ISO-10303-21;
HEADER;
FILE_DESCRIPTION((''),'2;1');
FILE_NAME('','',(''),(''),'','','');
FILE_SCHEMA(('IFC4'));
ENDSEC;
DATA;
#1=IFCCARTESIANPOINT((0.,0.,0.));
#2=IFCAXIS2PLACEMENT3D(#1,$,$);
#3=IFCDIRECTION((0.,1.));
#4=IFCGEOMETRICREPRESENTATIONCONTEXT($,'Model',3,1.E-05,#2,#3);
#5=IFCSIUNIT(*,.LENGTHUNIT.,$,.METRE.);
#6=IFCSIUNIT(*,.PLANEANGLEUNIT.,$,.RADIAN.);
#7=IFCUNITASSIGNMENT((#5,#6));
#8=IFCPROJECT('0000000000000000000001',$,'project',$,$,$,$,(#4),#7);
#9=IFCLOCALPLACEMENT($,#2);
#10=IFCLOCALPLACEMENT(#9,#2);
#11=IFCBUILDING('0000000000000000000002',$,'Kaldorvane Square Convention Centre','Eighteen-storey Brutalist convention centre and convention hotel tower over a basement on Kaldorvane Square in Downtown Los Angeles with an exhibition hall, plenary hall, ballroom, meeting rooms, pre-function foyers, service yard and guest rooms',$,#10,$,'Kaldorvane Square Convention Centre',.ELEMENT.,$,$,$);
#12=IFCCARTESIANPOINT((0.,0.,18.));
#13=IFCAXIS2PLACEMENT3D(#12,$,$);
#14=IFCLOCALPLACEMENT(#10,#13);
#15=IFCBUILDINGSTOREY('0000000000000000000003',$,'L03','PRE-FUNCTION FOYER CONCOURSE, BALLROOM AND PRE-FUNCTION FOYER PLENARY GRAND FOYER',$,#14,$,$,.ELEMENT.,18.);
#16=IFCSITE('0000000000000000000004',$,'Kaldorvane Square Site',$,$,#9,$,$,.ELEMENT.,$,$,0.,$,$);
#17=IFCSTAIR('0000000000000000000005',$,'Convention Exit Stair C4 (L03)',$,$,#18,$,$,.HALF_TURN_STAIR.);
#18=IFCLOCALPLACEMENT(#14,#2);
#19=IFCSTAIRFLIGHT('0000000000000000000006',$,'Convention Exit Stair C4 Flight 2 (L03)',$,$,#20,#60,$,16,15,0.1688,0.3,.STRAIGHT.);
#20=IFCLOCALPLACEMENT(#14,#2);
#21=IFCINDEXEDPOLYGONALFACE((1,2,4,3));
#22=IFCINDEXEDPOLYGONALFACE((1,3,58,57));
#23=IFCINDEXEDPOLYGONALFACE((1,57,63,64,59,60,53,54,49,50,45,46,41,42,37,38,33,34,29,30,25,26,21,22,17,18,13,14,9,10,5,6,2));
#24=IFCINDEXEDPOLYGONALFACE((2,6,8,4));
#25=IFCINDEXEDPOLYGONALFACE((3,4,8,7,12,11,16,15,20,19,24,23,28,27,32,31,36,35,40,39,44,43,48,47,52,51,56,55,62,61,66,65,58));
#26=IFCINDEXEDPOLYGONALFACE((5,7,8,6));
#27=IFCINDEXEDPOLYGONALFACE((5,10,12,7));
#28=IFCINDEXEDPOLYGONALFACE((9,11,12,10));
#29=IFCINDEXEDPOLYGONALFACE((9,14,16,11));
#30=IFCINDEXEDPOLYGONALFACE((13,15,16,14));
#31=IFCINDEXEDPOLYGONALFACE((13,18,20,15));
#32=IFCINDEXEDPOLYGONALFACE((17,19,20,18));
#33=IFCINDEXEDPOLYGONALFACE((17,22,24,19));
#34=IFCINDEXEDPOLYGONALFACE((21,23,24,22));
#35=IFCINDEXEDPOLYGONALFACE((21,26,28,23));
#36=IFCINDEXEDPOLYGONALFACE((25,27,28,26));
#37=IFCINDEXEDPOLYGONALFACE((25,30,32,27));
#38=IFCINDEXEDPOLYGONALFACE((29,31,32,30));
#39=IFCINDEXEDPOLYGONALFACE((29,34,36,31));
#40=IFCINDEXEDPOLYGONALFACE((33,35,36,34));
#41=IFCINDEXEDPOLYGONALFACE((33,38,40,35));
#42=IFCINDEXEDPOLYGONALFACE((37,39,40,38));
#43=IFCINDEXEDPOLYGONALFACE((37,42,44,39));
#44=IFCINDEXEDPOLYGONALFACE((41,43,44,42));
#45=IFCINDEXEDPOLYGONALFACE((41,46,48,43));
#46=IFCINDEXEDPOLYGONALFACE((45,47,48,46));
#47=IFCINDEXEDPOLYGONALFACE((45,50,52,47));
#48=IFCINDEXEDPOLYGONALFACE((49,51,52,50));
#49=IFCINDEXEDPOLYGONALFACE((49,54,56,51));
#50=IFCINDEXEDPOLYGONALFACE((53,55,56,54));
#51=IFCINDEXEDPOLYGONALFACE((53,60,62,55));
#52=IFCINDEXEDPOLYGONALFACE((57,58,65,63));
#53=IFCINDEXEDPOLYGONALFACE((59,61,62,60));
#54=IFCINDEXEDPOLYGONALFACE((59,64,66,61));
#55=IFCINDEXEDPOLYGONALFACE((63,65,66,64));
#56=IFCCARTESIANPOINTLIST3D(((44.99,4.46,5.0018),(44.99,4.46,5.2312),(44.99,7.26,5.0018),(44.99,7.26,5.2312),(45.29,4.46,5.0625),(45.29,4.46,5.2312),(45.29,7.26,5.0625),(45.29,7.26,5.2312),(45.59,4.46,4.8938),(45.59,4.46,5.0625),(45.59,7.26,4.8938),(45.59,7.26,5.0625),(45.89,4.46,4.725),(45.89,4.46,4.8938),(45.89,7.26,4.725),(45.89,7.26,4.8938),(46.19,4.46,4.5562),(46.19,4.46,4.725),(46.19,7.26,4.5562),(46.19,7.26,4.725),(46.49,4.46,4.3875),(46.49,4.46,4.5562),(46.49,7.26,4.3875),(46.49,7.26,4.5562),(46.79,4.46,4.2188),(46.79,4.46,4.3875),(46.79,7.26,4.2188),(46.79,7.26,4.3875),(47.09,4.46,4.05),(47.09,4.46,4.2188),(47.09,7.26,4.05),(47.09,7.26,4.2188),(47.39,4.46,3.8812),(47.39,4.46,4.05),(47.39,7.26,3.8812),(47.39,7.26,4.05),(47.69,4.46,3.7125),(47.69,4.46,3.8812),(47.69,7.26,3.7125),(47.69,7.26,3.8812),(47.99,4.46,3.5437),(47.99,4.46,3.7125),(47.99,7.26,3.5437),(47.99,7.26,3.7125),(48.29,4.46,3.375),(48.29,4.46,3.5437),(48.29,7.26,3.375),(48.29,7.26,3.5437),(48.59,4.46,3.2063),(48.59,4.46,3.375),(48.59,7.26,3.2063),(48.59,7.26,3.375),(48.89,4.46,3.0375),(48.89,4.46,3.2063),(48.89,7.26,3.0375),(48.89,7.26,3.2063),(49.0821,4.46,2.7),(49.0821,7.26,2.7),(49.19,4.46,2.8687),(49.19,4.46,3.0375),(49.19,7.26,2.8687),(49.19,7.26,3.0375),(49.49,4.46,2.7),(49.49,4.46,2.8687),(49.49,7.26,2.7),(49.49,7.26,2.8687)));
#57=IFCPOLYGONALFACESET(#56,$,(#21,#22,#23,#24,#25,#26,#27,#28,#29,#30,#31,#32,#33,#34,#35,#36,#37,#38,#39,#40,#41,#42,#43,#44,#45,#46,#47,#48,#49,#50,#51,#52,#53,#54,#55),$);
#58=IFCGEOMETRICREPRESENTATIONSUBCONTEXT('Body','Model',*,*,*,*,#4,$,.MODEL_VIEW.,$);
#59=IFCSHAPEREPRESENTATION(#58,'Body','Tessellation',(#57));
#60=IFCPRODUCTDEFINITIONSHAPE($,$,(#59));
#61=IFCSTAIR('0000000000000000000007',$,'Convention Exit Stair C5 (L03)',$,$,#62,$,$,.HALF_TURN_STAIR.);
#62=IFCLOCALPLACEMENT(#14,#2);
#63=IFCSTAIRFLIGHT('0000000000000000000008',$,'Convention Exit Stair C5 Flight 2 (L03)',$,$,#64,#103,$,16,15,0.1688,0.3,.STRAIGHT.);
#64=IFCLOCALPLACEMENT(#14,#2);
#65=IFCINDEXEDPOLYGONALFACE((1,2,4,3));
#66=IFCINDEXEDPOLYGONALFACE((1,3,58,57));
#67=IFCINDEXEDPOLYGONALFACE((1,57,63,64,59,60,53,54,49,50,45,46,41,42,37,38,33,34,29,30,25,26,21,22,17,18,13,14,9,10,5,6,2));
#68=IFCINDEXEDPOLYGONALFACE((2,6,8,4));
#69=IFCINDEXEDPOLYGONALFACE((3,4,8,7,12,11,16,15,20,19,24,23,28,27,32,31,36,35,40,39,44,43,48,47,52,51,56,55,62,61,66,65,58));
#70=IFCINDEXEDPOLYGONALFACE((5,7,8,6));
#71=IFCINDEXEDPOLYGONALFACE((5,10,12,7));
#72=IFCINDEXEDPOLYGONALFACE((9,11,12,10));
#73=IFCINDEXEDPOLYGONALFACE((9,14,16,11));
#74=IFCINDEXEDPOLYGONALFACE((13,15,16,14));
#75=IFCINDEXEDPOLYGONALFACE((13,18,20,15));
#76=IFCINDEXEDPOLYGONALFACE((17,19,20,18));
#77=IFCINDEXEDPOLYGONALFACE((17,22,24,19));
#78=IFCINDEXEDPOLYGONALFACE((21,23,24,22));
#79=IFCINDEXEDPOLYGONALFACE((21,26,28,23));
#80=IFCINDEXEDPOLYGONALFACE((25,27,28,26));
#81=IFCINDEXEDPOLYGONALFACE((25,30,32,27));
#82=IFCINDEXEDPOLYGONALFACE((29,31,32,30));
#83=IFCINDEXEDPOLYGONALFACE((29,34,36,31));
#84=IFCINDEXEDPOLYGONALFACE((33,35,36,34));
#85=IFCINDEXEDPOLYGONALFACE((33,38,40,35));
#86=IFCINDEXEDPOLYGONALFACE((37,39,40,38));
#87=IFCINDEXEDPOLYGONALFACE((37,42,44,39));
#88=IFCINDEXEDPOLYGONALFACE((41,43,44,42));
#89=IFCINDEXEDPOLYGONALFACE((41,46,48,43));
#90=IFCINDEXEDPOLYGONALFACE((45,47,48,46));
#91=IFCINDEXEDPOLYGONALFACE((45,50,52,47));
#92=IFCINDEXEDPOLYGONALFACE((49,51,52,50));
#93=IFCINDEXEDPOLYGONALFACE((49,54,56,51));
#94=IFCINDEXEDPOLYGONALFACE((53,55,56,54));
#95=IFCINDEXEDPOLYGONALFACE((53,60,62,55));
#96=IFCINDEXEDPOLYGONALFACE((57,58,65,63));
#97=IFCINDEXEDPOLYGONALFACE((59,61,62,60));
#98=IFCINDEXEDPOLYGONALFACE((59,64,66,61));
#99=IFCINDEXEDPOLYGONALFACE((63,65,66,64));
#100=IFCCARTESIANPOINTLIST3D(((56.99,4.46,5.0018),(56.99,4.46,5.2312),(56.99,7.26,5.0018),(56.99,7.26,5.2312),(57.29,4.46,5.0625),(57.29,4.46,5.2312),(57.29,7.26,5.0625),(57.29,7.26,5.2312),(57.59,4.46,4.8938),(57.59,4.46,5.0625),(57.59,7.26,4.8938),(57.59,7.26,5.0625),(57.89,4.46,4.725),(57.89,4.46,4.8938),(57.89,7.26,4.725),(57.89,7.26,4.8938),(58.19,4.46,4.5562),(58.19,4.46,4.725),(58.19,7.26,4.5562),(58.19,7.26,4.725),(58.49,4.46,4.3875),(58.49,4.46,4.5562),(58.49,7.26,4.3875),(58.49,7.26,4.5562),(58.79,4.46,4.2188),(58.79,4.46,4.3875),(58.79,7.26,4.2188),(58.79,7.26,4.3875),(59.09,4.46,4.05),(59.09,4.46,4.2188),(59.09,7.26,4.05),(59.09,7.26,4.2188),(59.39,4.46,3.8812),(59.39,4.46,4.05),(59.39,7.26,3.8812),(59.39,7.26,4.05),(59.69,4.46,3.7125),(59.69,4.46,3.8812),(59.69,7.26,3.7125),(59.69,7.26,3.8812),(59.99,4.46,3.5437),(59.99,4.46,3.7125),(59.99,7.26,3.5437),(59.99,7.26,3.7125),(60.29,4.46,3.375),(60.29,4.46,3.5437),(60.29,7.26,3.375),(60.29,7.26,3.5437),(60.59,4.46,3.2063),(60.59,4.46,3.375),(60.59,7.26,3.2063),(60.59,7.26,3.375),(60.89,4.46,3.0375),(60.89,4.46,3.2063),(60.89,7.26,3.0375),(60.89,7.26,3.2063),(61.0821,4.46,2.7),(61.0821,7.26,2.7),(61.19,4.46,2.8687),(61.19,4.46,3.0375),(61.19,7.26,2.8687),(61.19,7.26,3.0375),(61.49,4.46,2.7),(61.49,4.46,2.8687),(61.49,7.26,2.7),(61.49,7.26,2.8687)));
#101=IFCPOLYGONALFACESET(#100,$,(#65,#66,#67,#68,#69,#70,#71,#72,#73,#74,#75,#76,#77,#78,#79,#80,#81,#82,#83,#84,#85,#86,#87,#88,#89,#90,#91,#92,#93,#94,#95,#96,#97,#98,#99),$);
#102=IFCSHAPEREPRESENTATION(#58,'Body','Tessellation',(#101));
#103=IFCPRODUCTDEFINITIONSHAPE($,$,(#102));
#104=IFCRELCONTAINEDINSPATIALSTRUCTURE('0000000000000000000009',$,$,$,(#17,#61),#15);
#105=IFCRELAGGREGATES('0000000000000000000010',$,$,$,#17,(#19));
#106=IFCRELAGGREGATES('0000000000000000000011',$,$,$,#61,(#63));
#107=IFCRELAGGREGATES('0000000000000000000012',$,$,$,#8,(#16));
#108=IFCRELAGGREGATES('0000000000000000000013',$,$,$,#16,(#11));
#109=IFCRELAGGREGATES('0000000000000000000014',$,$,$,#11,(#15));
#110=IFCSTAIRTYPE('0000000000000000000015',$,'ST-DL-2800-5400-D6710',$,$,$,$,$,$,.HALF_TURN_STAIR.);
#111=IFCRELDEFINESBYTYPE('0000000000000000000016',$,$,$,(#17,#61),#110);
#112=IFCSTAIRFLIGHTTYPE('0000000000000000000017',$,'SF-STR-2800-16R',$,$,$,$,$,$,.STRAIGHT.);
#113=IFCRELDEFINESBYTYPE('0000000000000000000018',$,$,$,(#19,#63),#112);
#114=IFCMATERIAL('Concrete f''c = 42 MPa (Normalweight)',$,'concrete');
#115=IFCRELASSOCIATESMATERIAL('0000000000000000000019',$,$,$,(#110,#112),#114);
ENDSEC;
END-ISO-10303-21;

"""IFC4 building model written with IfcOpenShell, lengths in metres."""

from ifc_helpers import new_model, si_unit, direction, frame, origin, place, context, subcontext, project, spatial, polyline, outline, extrude, material, type_object, element, aggregate, save


model = new_model("IFC4")

# Units and contexts
model_context = context("Model", 3, precision=1e-05, world=origin(), true_north=direction((0.0, 1.0)))
body_context = subcontext(model_context, "Body", "Model", "MODEL_VIEW")
ifc_project = project(units=[si_unit("LENGTHUNIT", "METRE"), si_unit("PLANEANGLEUNIT", "RADIAN")], contexts=[model_context])

# Site, building, storey
site_placement = place(None, origin())
site = spatial("IfcSite", under=ifc_project, at=site_placement, Name="Kaldorvane Square Site", CompositionType="ELEMENT", RefElevation=0.0)
building_placement = place(site_placement, origin())
building = spatial("IfcBuilding", under=site, at=building_placement, Name="Kaldorvane Square Convention Centre", Description="Eighteen-storey Brutalist convention centre and convention hotel tower over a basement on Kaldorvane Square in Downtown Los Angeles with an exhibition hall, plenary hall, ballroom, meeting rooms, pre-function foyers, service yard and guest rooms", LongName="Kaldorvane Square Convention Centre", CompositionType="ELEMENT")
storey_placement = place(building_placement, frame((0.0, 0.0, 18.0)))
storey = spatial("IfcBuildingStorey", under=building, at=storey_placement, Name="L03", Description="PRE-FUNCTION FOYER CONCOURSE, BALLROOM AND PRE-FUNCTION FOYER PLENARY GRAND FOYER", CompositionType="ELEMENT", Elevation=18.0)

# Stairs, stair flights
ifc_material_1 = material(Name="Concrete f'c = 42 MPa (Normalweight)", Category="concrete")
stair_type = type_object("IfcStairType", Name="ST-DL-2800-5400-D6710", PredefinedType="HALF_TURN_STAIR", material=ifc_material_1)
stair_1_placement = place(storey_placement, origin())
stair_1 = element("IfcStair", 1, at=stair_1_placement, inside=storey, type_object=stair_type, Name="Convention Exit Stair C4 (L03)", PredefinedType="HALF_TURN_STAIR")
stair_flight_type = type_object("IfcStairFlightType", Name="SF-STR-2800-16R", PredefinedType="STRAIGHT", material=ifc_material_1)
stair_flight_1_placement = place(storey_placement, frame((49.49, 5.86, 2.7), z_axis=(0.0, 0.0, 1.0), x_axis=(-1.0, 0.0, 0.0)))
stair_flight_1 = element("IfcStairFlight", 2, at=stair_flight_1_placement, type_object=stair_flight_type, Name="Convention Exit Stair C4 Flight 2 (L03)", NumberOfRisers=16, NumberOfTreads=15, PredefinedType="STRAIGHT", RiserHeight=0.1688, TreadLength=0.3, context=body_context, shape_type="SweptSolid", body=[
    extrude(outline(polyline([(0.0, 0.0), (0.0, 0.1687), (0.3, 0.1687), (0.3, 0.3375), (0.6, 0.3375), (0.6, 0.5063), (0.9, 0.5063), (0.9, 0.675), (1.2, 0.675), (1.2, 0.8438), (1.5, 0.8438), (1.5, 1.0125), (1.8, 1.0125), (1.8, 1.1812), (2.1, 1.1812), (2.1, 1.35), (2.4, 1.35), (2.4, 1.5188), (2.7, 1.5188), (2.7, 1.6875), (3.0, 1.6875), (3.0, 1.8562), (3.3, 1.8562), (3.3, 2.025), (3.6, 2.025), (3.6, 2.1938), (3.9, 2.1938), (3.9, 2.3625), (4.2, 2.3625), (4.2, 2.5312), (4.5, 2.5312), (4.5, 2.7), (4.5, 2.3018), (0.4079, 0.0), (0.0, 0.0)])), frame((0.0, 1.4, 0.0), z_axis=(0.0, -1.0, 0.0), x_axis=(1.0, 0.0, 0.0)), (0.0, 0.0, 1.0), 2.8),
])
aggregate(stair_1, [stair_flight_1])
stair_2_placement = place(storey_placement, origin())
stair_2 = element("IfcStair", 3, at=stair_2_placement, inside=storey, type_object=stair_type, Name="Convention Exit Stair C5 (L03)", PredefinedType="HALF_TURN_STAIR")
stair_flight_2_placement = place(storey_placement, frame((61.49, 5.86, 2.7), z_axis=(0.0, 0.0, 1.0), x_axis=(-1.0, 0.0, 0.0)))
stair_flight_2 = element("IfcStairFlight", 4, at=stair_flight_2_placement, type_object=stair_flight_type, Name="Convention Exit Stair C5 Flight 2 (L03)", NumberOfRisers=16, NumberOfTreads=15, PredefinedType="STRAIGHT", RiserHeight=0.1688, TreadLength=0.3, context=body_context, shape_type="SweptSolid", body=[
    extrude(outline(polyline([(0.0, 0.0), (0.0, 0.1687), (0.3, 0.1687), (0.3, 0.3375), (0.6, 0.3375), (0.6, 0.5063), (0.9, 0.5063), (0.9, 0.675), (1.2, 0.675), (1.2, 0.8438), (1.5, 0.8438), (1.5, 1.0125), (1.8, 1.0125), (1.8, 1.1812), (2.1, 1.1812), (2.1, 1.35), (2.4, 1.35), (2.4, 1.5188), (2.7, 1.5188), (2.7, 1.6875), (3.0, 1.6875), (3.0, 1.8562), (3.3, 1.8562), (3.3, 2.025), (3.6, 2.025), (3.6, 2.1938), (3.9, 2.1938), (3.9, 2.3625), (4.2, 2.3625), (4.2, 2.5312), (4.5, 2.5312), (4.5, 2.7), (4.5, 2.3018), (0.4079, 0.0), (0.0, 0.0)])), frame((0.0, 1.4, 0.0), z_axis=(0.0, -1.0, 0.0), x_axis=(1.0, 0.0, 0.0)), (0.0, 0.0, 1.0), 2.8),
])
aggregate(stair_2, [stair_flight_2])

save(model, "model.ifc")
